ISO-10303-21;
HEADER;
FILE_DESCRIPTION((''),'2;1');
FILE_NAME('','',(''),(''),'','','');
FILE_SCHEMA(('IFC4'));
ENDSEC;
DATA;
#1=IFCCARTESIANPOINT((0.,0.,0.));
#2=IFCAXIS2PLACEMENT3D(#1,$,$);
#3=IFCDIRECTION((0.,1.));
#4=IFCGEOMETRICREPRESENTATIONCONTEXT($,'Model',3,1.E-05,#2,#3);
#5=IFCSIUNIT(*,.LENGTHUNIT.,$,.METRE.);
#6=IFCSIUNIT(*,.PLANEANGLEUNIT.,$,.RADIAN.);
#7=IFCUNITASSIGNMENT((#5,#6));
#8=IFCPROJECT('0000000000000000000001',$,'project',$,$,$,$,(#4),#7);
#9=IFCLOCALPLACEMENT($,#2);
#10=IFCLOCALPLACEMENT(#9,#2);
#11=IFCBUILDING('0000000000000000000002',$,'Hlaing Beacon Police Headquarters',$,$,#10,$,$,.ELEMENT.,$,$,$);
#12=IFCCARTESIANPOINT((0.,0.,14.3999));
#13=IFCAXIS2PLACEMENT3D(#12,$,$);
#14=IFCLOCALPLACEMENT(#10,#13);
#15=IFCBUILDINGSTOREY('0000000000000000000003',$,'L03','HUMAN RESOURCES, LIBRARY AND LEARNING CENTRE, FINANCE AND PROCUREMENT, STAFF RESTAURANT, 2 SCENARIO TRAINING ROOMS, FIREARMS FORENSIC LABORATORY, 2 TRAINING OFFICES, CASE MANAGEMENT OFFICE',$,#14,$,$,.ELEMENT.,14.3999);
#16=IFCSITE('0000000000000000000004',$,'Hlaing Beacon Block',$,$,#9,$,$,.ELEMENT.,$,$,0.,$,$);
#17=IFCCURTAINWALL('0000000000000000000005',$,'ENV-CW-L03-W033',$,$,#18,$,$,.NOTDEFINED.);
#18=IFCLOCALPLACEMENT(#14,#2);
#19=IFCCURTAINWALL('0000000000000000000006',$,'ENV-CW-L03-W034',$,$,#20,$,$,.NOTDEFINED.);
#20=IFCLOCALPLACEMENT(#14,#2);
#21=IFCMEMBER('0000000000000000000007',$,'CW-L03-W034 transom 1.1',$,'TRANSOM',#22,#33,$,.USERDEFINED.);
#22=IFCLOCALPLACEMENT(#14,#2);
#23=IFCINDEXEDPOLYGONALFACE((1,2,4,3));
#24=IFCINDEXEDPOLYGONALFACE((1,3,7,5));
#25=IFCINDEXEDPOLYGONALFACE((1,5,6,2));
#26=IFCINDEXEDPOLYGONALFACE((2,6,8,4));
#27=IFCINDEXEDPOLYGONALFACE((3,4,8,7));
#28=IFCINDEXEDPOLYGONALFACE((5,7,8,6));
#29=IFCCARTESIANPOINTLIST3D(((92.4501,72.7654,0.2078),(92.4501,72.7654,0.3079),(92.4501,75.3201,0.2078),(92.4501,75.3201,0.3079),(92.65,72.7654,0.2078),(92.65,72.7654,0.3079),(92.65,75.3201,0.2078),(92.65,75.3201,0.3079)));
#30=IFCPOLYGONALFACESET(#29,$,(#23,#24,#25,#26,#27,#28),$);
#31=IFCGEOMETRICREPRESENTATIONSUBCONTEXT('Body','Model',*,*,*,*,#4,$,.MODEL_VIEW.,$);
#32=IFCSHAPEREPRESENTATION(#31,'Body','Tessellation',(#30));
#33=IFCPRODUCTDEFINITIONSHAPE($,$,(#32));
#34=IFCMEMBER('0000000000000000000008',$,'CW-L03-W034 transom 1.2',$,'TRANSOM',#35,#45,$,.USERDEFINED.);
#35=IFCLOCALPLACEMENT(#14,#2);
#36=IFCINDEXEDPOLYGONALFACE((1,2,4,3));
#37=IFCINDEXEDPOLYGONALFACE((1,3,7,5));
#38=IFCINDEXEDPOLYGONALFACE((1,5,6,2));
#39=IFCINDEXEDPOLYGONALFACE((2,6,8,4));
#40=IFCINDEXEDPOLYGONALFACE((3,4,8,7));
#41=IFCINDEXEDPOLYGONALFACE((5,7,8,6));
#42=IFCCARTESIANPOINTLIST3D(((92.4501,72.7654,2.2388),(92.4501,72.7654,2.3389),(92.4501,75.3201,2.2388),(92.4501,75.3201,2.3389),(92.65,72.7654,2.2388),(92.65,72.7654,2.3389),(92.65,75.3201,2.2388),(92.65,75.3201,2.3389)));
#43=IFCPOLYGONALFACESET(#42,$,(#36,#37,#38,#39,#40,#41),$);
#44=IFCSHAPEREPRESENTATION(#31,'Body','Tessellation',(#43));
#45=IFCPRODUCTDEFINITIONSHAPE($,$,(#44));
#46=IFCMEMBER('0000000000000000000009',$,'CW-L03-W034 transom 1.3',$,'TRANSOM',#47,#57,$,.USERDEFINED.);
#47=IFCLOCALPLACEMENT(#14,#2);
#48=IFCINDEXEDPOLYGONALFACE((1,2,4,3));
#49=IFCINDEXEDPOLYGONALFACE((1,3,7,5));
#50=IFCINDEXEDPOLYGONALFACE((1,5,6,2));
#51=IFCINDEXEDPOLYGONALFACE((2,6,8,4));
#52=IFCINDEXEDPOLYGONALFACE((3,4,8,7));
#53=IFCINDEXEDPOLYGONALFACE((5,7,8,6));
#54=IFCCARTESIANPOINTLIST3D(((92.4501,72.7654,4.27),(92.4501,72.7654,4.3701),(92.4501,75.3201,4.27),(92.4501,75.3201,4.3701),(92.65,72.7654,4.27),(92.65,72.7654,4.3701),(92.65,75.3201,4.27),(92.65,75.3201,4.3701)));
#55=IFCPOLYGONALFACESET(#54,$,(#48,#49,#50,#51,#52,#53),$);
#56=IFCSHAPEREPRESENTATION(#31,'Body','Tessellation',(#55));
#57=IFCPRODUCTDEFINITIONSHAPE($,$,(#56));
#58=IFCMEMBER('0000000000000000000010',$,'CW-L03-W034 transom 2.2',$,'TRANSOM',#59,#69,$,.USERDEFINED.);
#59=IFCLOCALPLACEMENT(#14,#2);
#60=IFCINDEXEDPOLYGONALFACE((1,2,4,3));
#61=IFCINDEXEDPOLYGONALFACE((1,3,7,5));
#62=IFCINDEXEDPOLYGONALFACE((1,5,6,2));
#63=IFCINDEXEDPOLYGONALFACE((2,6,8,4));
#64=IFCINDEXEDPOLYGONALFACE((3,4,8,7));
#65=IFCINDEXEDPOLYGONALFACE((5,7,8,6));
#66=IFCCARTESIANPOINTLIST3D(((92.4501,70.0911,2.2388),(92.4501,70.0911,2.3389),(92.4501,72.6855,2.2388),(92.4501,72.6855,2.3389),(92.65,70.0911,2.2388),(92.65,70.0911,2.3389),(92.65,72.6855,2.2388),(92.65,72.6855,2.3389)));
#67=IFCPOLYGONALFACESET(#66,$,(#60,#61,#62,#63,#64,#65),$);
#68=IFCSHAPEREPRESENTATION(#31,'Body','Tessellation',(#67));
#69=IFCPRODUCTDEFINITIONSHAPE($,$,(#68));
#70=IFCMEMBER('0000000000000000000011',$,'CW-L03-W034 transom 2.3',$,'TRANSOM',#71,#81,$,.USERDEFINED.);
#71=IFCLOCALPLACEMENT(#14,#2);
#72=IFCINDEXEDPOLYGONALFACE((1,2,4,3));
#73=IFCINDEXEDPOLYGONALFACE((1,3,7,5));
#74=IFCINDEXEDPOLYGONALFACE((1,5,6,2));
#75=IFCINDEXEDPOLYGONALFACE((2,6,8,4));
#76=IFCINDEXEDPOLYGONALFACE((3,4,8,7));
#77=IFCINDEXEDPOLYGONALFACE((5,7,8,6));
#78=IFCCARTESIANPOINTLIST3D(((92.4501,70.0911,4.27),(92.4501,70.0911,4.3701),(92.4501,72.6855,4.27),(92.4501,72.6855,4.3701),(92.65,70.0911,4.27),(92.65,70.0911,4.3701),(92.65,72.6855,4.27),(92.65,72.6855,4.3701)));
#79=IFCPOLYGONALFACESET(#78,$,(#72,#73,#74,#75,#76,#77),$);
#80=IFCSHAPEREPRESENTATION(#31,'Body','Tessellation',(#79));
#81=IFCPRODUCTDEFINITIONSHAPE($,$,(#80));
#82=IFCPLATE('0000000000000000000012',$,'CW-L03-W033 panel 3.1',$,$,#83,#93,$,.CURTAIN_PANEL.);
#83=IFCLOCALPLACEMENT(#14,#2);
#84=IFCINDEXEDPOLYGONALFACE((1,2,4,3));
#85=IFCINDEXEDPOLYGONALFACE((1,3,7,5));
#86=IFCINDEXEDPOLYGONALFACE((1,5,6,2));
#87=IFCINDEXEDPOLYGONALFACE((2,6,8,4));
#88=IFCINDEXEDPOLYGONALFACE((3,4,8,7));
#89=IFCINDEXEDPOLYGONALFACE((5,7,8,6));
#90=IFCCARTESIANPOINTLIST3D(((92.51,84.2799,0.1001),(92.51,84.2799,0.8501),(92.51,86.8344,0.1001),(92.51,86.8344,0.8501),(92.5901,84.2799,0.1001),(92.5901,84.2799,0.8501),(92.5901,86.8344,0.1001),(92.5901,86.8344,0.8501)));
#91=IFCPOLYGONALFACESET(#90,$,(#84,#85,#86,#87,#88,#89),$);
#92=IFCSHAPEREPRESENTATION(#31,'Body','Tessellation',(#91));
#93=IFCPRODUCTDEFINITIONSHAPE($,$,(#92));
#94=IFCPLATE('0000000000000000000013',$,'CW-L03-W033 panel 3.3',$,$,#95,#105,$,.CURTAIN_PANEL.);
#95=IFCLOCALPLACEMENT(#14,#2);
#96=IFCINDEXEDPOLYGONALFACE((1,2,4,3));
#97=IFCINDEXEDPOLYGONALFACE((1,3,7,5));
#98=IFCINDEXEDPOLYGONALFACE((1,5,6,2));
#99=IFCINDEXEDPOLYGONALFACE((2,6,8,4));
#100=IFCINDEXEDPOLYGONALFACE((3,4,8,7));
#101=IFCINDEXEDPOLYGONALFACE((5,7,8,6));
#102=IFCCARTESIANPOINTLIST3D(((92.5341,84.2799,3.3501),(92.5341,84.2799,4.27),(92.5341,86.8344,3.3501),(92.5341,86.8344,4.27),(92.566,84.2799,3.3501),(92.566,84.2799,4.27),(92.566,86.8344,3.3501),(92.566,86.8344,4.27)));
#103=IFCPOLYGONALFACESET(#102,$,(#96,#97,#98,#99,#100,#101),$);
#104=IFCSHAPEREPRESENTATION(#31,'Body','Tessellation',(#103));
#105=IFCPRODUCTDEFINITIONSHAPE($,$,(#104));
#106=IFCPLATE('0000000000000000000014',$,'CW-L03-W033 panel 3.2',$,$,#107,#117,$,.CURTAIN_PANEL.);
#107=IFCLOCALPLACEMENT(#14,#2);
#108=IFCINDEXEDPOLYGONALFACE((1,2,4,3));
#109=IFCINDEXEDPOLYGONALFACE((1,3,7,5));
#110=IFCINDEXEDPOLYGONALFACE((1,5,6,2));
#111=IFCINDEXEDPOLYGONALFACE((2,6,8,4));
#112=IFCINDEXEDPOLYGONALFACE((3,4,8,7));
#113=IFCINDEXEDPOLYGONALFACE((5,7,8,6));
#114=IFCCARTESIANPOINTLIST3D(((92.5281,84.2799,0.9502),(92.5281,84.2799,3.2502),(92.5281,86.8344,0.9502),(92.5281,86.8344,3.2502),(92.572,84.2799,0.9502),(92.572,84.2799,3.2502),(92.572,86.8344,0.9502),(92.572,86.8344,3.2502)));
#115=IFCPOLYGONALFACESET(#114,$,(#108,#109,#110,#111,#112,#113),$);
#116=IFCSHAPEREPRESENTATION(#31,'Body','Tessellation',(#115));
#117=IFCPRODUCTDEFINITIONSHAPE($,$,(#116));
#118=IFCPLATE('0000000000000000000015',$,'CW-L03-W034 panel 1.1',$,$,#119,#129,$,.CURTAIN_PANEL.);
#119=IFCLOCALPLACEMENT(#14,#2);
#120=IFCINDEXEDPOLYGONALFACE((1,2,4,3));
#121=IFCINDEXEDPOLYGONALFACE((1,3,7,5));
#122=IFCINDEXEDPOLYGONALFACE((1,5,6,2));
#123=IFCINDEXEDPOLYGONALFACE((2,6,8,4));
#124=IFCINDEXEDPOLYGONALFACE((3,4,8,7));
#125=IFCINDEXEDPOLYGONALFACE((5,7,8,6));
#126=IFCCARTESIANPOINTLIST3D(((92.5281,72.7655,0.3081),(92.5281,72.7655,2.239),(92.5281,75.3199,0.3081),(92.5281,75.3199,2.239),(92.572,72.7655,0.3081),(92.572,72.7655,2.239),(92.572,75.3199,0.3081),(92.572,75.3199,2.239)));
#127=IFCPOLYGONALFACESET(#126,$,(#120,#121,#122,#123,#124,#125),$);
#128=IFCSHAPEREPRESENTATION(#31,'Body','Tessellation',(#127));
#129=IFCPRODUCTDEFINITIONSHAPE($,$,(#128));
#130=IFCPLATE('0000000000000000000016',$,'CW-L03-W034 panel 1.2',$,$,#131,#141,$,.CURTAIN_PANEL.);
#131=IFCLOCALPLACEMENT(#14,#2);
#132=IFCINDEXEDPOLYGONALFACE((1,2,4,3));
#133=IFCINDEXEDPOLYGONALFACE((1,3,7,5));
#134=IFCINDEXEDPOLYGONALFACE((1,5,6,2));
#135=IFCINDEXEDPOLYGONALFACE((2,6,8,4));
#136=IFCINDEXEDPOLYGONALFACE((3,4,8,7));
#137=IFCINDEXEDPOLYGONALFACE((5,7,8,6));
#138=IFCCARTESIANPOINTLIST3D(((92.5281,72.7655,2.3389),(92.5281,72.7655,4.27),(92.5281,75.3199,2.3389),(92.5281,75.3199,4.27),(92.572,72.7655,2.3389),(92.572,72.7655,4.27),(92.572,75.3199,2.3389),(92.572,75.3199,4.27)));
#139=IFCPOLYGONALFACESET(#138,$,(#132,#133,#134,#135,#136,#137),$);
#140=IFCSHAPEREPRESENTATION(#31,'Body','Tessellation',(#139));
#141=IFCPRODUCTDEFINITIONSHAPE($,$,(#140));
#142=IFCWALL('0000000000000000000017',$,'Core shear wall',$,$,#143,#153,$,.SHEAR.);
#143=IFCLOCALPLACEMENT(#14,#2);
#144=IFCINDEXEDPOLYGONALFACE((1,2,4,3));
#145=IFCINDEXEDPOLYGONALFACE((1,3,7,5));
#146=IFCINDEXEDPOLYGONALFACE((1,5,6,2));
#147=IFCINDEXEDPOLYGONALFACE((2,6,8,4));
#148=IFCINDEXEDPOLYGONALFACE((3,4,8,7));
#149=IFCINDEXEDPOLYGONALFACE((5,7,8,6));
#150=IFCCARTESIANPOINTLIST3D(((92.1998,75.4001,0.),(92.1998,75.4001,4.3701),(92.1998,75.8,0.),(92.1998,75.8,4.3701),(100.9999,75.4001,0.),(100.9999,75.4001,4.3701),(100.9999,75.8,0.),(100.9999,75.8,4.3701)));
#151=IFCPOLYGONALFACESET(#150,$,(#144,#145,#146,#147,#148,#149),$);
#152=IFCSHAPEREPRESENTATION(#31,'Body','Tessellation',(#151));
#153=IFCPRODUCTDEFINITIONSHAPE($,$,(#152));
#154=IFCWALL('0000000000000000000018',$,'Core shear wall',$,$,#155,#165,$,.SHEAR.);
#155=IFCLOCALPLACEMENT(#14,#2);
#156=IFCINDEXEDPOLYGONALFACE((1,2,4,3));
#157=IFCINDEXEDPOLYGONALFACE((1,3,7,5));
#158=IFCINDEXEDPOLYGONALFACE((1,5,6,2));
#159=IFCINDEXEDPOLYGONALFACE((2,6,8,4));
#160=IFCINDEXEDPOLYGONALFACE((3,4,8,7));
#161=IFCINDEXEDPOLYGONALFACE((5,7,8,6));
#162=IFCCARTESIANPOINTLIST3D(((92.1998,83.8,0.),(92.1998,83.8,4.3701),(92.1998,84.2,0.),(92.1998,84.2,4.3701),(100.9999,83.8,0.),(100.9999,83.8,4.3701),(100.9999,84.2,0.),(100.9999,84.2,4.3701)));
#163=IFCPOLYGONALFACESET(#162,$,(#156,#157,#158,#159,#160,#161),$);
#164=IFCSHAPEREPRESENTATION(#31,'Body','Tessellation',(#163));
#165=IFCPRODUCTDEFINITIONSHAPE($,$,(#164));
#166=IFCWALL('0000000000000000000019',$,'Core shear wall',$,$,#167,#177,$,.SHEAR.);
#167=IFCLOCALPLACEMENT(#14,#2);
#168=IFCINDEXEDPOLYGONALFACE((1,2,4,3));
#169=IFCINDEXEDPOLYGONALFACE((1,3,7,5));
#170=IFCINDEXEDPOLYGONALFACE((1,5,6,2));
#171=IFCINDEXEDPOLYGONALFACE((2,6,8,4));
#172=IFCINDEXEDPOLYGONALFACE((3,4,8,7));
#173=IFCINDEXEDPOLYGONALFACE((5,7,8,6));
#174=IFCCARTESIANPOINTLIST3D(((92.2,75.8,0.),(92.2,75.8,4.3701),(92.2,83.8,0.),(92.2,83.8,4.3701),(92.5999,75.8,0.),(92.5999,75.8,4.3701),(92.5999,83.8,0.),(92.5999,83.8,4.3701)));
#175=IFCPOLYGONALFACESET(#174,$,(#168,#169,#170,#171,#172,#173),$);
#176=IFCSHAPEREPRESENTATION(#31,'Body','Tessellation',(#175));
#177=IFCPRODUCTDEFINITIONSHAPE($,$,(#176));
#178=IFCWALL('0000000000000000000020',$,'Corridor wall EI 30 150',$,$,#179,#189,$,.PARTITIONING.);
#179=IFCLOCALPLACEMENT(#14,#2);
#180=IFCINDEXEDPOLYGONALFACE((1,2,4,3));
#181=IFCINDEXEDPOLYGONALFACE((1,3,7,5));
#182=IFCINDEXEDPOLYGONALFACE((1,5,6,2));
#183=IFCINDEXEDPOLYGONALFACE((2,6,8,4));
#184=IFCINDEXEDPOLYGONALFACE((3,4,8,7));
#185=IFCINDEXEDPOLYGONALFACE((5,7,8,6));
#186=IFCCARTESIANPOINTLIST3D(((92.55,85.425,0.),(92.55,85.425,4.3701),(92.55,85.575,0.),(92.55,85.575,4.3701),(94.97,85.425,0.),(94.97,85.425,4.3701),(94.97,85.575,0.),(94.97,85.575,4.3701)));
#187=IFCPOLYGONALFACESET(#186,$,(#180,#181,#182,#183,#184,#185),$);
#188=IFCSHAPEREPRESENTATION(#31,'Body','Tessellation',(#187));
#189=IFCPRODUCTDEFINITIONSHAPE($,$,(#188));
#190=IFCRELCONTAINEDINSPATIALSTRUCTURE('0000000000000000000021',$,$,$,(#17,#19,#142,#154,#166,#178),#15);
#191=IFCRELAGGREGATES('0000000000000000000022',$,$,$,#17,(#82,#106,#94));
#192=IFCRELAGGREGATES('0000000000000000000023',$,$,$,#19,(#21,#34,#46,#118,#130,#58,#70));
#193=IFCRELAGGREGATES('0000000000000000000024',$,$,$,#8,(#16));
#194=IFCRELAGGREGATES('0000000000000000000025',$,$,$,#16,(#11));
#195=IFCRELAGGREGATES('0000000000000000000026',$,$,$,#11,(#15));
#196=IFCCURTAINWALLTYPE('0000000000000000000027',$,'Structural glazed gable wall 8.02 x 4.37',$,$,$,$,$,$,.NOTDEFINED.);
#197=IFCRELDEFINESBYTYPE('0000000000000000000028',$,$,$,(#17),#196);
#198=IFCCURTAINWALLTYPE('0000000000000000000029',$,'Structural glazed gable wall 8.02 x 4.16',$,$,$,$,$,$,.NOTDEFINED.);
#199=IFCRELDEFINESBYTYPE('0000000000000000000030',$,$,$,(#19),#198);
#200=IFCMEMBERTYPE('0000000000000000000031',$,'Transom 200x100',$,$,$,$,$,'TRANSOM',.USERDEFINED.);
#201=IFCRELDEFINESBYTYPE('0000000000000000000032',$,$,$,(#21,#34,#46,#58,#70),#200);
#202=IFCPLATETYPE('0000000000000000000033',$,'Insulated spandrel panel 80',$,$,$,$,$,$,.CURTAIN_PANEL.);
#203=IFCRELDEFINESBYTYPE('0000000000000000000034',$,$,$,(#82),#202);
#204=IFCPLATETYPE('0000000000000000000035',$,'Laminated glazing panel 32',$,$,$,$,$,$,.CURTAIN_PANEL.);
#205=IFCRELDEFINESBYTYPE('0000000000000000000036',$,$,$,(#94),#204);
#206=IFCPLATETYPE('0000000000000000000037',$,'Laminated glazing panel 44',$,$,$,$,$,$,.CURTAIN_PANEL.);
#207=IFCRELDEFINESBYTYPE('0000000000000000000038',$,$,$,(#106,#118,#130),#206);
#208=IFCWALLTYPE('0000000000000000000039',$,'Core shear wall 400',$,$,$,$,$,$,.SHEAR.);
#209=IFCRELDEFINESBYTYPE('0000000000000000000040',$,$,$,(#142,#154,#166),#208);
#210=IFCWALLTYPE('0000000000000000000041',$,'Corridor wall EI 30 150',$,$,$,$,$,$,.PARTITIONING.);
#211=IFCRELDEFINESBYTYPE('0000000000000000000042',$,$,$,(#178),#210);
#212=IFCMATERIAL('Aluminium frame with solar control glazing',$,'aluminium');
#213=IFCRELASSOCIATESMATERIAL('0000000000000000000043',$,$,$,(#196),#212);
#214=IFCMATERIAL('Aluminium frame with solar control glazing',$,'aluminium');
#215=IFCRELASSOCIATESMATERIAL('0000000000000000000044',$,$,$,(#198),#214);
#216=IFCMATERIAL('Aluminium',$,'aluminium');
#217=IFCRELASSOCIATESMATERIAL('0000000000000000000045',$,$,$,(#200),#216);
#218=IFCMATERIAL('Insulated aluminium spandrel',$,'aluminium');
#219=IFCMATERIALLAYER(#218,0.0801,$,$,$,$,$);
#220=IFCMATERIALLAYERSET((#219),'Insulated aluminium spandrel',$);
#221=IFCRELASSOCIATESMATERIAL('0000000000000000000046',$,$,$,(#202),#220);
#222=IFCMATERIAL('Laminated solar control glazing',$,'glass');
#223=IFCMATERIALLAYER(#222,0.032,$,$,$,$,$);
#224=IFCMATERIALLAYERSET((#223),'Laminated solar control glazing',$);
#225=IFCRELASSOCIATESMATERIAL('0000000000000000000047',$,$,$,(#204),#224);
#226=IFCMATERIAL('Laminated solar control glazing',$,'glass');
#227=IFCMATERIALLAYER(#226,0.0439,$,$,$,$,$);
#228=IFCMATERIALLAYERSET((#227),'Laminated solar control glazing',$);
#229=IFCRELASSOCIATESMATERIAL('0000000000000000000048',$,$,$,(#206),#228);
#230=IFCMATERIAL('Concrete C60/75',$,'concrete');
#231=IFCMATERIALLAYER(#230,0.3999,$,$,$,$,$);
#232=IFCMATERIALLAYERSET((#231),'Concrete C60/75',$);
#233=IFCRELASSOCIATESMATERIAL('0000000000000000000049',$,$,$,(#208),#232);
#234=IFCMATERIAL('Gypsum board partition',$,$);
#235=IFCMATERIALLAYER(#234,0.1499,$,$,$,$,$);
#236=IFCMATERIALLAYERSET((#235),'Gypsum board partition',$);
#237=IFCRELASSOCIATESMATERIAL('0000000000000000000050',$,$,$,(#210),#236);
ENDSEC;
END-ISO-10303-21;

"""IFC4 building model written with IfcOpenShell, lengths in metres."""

from ifc_helpers import new_model, si_unit, direction, frame, frame_2d, origin, origin_2d, place, context, subcontext, project, spatial, rectangle, extrude, material, layer, layer_set, material_profile, profile_set, type_object, element, aggregate, save


model = new_model("IFC4")

# Units and contexts
model_context = context("Model", 3, precision=1e-05, world=origin(), true_north=direction((0.0, 1.0)))
body_context = subcontext(model_context, "Body", "Model", "MODEL_VIEW")
ifc_project = project(units=[si_unit("LENGTHUNIT", "METRE"), si_unit("PLANEANGLEUNIT", "RADIAN")], contexts=[model_context])

# Site, building, storey
site_placement = place(None, origin())
site = spatial("IfcSite", under=ifc_project, at=site_placement, Name="Hlaing Beacon Block", CompositionType="ELEMENT", RefElevation=0.0)
building_placement = place(site_placement, origin())
building = spatial("IfcBuilding", under=site, at=building_placement, Name="Hlaing Beacon Police Headquarters", CompositionType="ELEMENT")
storey_placement = place(building_placement, frame((0.0, 0.0, 14.3999)))
storey = spatial("IfcBuildingStorey", under=building, at=storey_placement, Name="L03", Description="HUMAN RESOURCES, LIBRARY AND LEARNING CENTRE, FINANCE AND PROCUREMENT, STAFF RESTAURANT, 2 SCENARIO TRAINING ROOMS, FIREARMS FORENSIC LABORATORY, 2 TRAINING OFFICES, CASE MANAGEMENT OFFICE", CompositionType="ELEMENT", Elevation=14.3999)

# Curtain wall
ifc_material_1 = material(Name="Aluminium frame with solar control glazing", Category="aluminium")
curtain_wall_type_1 = type_object("IfcCurtainWallType", Name="Structural glazed gable wall 8.02 x 4.37", PredefinedType="NOTDEFINED", material=ifc_material_1)
curtain_wall_1_placement = place(storey_placement, origin())
curtain_wall_1 = element("IfcCurtainWall", 1, at=curtain_wall_1_placement, inside=storey, type_object=curtain_wall_type_1, Name="ENV-CW-L03-W033", PredefinedType="NOTDEFINED")

# Curtain wall
ifc_material_2 = material(Name="Aluminium frame with solar control glazing", Category="aluminium")
curtain_wall_type_2 = type_object("IfcCurtainWallType", Name="Structural glazed gable wall 8.02 x 4.16", PredefinedType="NOTDEFINED", material=ifc_material_2)
curtain_wall_2_placement = place(storey_placement, origin())
curtain_wall_2 = element("IfcCurtainWall", 2, at=curtain_wall_2_placement, inside=storey, type_object=curtain_wall_type_2, Name="ENV-CW-L03-W034", PredefinedType="NOTDEFINED")

# Members
ifc_material_3 = material(Name="Aluminium", Category="aluminium")
ifc_material_profile_1 = material_profile(ifc_material_3, rectangle(XDim=0.2, YDim=0.1001, at=origin_2d()), Name="Transom 200x100")
ifc_profile_set_1 = profile_set([ifc_material_profile_1], Name="Aluminium")
member_type_1 = type_object("IfcMemberType", Name="Transom 200x100", ElementType="TRANSOM", PredefinedType="USERDEFINED", material=ifc_profile_set_1)
member_1_placement = place(storey_placement, frame((92.55, 75.3201, 0.2578), z_axis=(0.0, -1.0, 0.0), x_axis=(1.0, 0.0, 0.0)))
member_1 = element("IfcMember", 3, at=member_1_placement, type_object=member_type_1, Name="CW-L03-W034 transom 1.1", ObjectType="TRANSOM", PredefinedType="USERDEFINED", context=body_context, shape_type="SweptSolid", body=[
    extrude(rectangle(XDim=0.2, YDim=0.1001, at=origin_2d()), origin(), (0.0, 0.0, 1.0), 2.5547),
])
member_2_placement = place(storey_placement, frame((92.55, 75.3201, 2.2888), z_axis=(0.0, -1.0, 0.0), x_axis=(1.0, 0.0, 0.0)))
member_2 = element("IfcMember", 4, at=member_2_placement, type_object=member_type_1, Name="CW-L03-W034 transom 1.2", ObjectType="TRANSOM", PredefinedType="USERDEFINED", context=body_context, shape_type="SweptSolid", body=[
    extrude(rectangle(XDim=0.2, YDim=0.1001, at=origin_2d()), origin(), (0.0, 0.0, 1.0), 2.5547),
])
member_3_placement = place(storey_placement, frame((92.55, 75.3201, 4.3201), z_axis=(0.0, -1.0, 0.0), x_axis=(1.0, 0.0, 0.0)))
member_3 = element("IfcMember", 5, at=member_3_placement, type_object=member_type_1, Name="CW-L03-W034 transom 1.3", ObjectType="TRANSOM", PredefinedType="USERDEFINED", context=body_context, shape_type="SweptSolid", body=[
    extrude(rectangle(XDim=0.2, YDim=0.1001, at=origin_2d()), origin(), (0.0, 0.0, 1.0), 2.5547),
])
member_4_placement = place(storey_placement, frame((92.55, 72.6855, 2.2888), z_axis=(0.0, -1.0, 0.0), x_axis=(1.0, 0.0, 0.0)))
member_4 = element("IfcMember", 6, at=member_4_placement, type_object=member_type_1, Name="CW-L03-W034 transom 2.2", ObjectType="TRANSOM", PredefinedType="USERDEFINED", context=body_context, shape_type="SweptSolid", body=[
    extrude(rectangle(XDim=0.2, YDim=0.1001, at=origin_2d()), origin(), (0.0, 0.0, 1.0), 2.5945),
])
member_5_placement = place(storey_placement, frame((92.55, 72.6855, 4.3201), z_axis=(0.0, -1.0, 0.0), x_axis=(1.0, 0.0, 0.0)))
member_5 = element("IfcMember", 7, at=member_5_placement, type_object=member_type_1, Name="CW-L03-W034 transom 2.3", ObjectType="TRANSOM", PredefinedType="USERDEFINED", context=body_context, shape_type="SweptSolid", body=[
    extrude(rectangle(XDim=0.2, YDim=0.1001, at=origin_2d()), origin(), (0.0, 0.0, 1.0), 2.5945),
])

# Plates
ifc_material_4 = material(Name="Insulated aluminium spandrel", Category="aluminium")
ifc_layer_1 = layer(ifc_material_4, 0.0801)
ifc_layer_set_1 = layer_set([ifc_layer_1], Name="Insulated aluminium spandrel")
plate_type_1 = type_object("IfcPlateType", Name="Insulated spandrel panel 80", PredefinedType="CURTAIN_PANEL", material=ifc_layer_set_1)
plate_1_placement = place(storey_placement, frame((92.55, 85.5571, 0.1001), z_axis=(0.0, 0.0, 1.0), x_axis=(0.0, -1.0, 0.0)))
plate_1 = element("IfcPlate", 8, at=plate_1_placement, type_object=plate_type_1, Name="CW-L03-W033 panel 3.1", PredefinedType="CURTAIN_PANEL", context=body_context, shape_type="SweptSolid", body=[
    extrude(rectangle(XDim=2.5544, YDim=0.0801, at=origin_2d()), origin(), (0.0, 0.0, 1.0), 0.75),
])
ifc_material_5 = material(Name="Laminated solar control glazing", Category="glass")
ifc_layer_2 = layer(ifc_material_5, 0.032)
ifc_layer_set_2 = layer_set([ifc_layer_2], Name="Laminated solar control glazing")
plate_type_2 = type_object("IfcPlateType", Name="Laminated glazing panel 32", PredefinedType="CURTAIN_PANEL", material=ifc_layer_set_2)
plate_2_placement = place(storey_placement, frame((92.55, 85.5571, 3.3501), z_axis=(0.0, 0.0, 1.0), x_axis=(0.0, -1.0, 0.0)))
plate_2 = element("IfcPlate", 9, at=plate_2_placement, type_object=plate_type_2, Name="CW-L03-W033 panel 3.3", PredefinedType="CURTAIN_PANEL", context=body_context, shape_type="SweptSolid", body=[
    extrude(rectangle(XDim=2.5544, YDim=0.032, at=origin_2d()), origin(), (0.0, 0.0, 1.0), 0.9199),
])
ifc_material_6 = material(Name="Laminated solar control glazing", Category="glass")
ifc_layer_3 = layer(ifc_material_6, 0.0439)
ifc_layer_set_3 = layer_set([ifc_layer_3], Name="Laminated solar control glazing")
plate_type_3 = type_object("IfcPlateType", Name="Laminated glazing panel 44", PredefinedType="CURTAIN_PANEL", material=ifc_layer_set_3)
plate_3_placement = place(storey_placement, frame((92.55, 85.5571, 0.9502), z_axis=(0.0, 0.0, 1.0), x_axis=(0.0, -1.0, 0.0)))
plate_3 = element("IfcPlate", 10, at=plate_3_placement, type_object=plate_type_3, Name="CW-L03-W033 panel 3.2", PredefinedType="CURTAIN_PANEL", context=body_context, shape_type="SweptSolid", body=[
    extrude(rectangle(XDim=2.5544, YDim=0.0439, at=origin_2d()), origin(), (0.0, 0.0, 1.0), 2.3),
])
aggregate(curtain_wall_1, [plate_1, plate_3, plate_2])
plate_4_placement = place(storey_placement, frame((92.55, 74.0427, 0.3081), z_axis=(0.0, 0.0, 1.0), x_axis=(0.0, -1.0, 0.0)))
plate_4 = element("IfcPlate", 11, at=plate_4_placement, type_object=plate_type_3, Name="CW-L03-W034 panel 1.1", PredefinedType="CURTAIN_PANEL", context=body_context, shape_type="SweptSolid", body=[
    extrude(rectangle(XDim=2.5544, YDim=0.0439, at=origin_2d()), origin(), (0.0, 0.0, 1.0), 1.9309),
])
plate_5_placement = place(storey_placement, frame((92.55, 74.0427, 2.3389), z_axis=(0.0, 0.0, 1.0), x_axis=(0.0, -1.0, 0.0)))
plate_5 = element("IfcPlate", 12, at=plate_5_placement, type_object=plate_type_3, Name="CW-L03-W034 panel 1.2", PredefinedType="CURTAIN_PANEL", context=body_context, shape_type="SweptSolid", body=[
    extrude(rectangle(XDim=2.5544, YDim=0.0439, at=origin_2d()), origin(), (0.0, 0.0, 1.0), 1.9312),
])
aggregate(curtain_wall_2, [member_1, member_2, member_3, plate_4, plate_5, member_4, member_5])

# Walls
ifc_material_7 = material(Name="Concrete C60/75", Category="concrete")
ifc_layer_4 = layer(ifc_material_7, 0.3999)
ifc_layer_set_4 = layer_set([ifc_layer_4], Name="Concrete C60/75")
wall_type_1 = type_object("IfcWallType", Name="Core shear wall 400", PredefinedType="SHEAR", material=ifc_layer_set_4)
for number, where, z_axis, x_axis, name in (
    (13, (92.2, 75.6001, 0.0), (0.0, 0.0, 1.0), (1.0, 0.0, 0.0), "Core shear wall"),
    (14, (92.2, 84.0, 0.0), (0.0, 0.0, 1.0), (1.0, 0.0, 0.0), "Core shear wall"),
):
    element("IfcWall", number, at=place(storey_placement, frame(where, z_axis=z_axis, x_axis=x_axis)), inside=storey, type_object=wall_type_1, Name=name, PredefinedType="SHEAR", context=body_context, shape_type="SweptSolid", body=[
        extrude(rectangle(XDim=8.8, YDim=0.3999, at=frame_2d((4.3999, 0.0))), origin(), (0.0, 0.0, 1.0), 4.3701),
    ])
wall_1_placement = place(storey_placement, frame((92.3999, 75.8, 0.0), z_axis=(0.0, 0.0, 1.0), x_axis=(0.0, 1.0, 0.0)))
element("IfcWall", 15, at=wall_1_placement, inside=storey, type_object=wall_type_1, Name="Core shear wall", PredefinedType="SHEAR", context=body_context, shape_type="SweptSolid", body=[
    extrude(rectangle(XDim=8.0, YDim=0.3999, at=frame_2d((4.0, 0.0))), origin(), (0.0, 0.0, 1.0), 4.3701),
])
ifc_material_8 = material(Name="Gypsum board partition")
ifc_layer_5 = layer(ifc_material_8, 0.1499)
ifc_layer_set_5 = layer_set([ifc_layer_5], Name="Gypsum board partition")
wall_type_2 = type_object("IfcWallType", Name="Corridor wall EI 30 150", PredefinedType="PARTITIONING", material=ifc_layer_set_5)
wall_2_placement = place(storey_placement, frame((92.55, 85.5, 0.0), z_axis=(0.0, 0.0, 1.0), x_axis=(1.0, 0.0, 0.0)))
element("IfcWall", 16, at=wall_2_placement, inside=storey, type_object=wall_type_2, Name="Corridor wall EI 30 150", PredefinedType="PARTITIONING", context=body_context, shape_type="SweptSolid", body=[
    extrude(rectangle(XDim=2.4199, YDim=0.1499, at=frame_2d((1.21, 0.0))), origin(), (0.0, 0.0, 1.0), 4.3701),
])

save(model, "model.ifc")
